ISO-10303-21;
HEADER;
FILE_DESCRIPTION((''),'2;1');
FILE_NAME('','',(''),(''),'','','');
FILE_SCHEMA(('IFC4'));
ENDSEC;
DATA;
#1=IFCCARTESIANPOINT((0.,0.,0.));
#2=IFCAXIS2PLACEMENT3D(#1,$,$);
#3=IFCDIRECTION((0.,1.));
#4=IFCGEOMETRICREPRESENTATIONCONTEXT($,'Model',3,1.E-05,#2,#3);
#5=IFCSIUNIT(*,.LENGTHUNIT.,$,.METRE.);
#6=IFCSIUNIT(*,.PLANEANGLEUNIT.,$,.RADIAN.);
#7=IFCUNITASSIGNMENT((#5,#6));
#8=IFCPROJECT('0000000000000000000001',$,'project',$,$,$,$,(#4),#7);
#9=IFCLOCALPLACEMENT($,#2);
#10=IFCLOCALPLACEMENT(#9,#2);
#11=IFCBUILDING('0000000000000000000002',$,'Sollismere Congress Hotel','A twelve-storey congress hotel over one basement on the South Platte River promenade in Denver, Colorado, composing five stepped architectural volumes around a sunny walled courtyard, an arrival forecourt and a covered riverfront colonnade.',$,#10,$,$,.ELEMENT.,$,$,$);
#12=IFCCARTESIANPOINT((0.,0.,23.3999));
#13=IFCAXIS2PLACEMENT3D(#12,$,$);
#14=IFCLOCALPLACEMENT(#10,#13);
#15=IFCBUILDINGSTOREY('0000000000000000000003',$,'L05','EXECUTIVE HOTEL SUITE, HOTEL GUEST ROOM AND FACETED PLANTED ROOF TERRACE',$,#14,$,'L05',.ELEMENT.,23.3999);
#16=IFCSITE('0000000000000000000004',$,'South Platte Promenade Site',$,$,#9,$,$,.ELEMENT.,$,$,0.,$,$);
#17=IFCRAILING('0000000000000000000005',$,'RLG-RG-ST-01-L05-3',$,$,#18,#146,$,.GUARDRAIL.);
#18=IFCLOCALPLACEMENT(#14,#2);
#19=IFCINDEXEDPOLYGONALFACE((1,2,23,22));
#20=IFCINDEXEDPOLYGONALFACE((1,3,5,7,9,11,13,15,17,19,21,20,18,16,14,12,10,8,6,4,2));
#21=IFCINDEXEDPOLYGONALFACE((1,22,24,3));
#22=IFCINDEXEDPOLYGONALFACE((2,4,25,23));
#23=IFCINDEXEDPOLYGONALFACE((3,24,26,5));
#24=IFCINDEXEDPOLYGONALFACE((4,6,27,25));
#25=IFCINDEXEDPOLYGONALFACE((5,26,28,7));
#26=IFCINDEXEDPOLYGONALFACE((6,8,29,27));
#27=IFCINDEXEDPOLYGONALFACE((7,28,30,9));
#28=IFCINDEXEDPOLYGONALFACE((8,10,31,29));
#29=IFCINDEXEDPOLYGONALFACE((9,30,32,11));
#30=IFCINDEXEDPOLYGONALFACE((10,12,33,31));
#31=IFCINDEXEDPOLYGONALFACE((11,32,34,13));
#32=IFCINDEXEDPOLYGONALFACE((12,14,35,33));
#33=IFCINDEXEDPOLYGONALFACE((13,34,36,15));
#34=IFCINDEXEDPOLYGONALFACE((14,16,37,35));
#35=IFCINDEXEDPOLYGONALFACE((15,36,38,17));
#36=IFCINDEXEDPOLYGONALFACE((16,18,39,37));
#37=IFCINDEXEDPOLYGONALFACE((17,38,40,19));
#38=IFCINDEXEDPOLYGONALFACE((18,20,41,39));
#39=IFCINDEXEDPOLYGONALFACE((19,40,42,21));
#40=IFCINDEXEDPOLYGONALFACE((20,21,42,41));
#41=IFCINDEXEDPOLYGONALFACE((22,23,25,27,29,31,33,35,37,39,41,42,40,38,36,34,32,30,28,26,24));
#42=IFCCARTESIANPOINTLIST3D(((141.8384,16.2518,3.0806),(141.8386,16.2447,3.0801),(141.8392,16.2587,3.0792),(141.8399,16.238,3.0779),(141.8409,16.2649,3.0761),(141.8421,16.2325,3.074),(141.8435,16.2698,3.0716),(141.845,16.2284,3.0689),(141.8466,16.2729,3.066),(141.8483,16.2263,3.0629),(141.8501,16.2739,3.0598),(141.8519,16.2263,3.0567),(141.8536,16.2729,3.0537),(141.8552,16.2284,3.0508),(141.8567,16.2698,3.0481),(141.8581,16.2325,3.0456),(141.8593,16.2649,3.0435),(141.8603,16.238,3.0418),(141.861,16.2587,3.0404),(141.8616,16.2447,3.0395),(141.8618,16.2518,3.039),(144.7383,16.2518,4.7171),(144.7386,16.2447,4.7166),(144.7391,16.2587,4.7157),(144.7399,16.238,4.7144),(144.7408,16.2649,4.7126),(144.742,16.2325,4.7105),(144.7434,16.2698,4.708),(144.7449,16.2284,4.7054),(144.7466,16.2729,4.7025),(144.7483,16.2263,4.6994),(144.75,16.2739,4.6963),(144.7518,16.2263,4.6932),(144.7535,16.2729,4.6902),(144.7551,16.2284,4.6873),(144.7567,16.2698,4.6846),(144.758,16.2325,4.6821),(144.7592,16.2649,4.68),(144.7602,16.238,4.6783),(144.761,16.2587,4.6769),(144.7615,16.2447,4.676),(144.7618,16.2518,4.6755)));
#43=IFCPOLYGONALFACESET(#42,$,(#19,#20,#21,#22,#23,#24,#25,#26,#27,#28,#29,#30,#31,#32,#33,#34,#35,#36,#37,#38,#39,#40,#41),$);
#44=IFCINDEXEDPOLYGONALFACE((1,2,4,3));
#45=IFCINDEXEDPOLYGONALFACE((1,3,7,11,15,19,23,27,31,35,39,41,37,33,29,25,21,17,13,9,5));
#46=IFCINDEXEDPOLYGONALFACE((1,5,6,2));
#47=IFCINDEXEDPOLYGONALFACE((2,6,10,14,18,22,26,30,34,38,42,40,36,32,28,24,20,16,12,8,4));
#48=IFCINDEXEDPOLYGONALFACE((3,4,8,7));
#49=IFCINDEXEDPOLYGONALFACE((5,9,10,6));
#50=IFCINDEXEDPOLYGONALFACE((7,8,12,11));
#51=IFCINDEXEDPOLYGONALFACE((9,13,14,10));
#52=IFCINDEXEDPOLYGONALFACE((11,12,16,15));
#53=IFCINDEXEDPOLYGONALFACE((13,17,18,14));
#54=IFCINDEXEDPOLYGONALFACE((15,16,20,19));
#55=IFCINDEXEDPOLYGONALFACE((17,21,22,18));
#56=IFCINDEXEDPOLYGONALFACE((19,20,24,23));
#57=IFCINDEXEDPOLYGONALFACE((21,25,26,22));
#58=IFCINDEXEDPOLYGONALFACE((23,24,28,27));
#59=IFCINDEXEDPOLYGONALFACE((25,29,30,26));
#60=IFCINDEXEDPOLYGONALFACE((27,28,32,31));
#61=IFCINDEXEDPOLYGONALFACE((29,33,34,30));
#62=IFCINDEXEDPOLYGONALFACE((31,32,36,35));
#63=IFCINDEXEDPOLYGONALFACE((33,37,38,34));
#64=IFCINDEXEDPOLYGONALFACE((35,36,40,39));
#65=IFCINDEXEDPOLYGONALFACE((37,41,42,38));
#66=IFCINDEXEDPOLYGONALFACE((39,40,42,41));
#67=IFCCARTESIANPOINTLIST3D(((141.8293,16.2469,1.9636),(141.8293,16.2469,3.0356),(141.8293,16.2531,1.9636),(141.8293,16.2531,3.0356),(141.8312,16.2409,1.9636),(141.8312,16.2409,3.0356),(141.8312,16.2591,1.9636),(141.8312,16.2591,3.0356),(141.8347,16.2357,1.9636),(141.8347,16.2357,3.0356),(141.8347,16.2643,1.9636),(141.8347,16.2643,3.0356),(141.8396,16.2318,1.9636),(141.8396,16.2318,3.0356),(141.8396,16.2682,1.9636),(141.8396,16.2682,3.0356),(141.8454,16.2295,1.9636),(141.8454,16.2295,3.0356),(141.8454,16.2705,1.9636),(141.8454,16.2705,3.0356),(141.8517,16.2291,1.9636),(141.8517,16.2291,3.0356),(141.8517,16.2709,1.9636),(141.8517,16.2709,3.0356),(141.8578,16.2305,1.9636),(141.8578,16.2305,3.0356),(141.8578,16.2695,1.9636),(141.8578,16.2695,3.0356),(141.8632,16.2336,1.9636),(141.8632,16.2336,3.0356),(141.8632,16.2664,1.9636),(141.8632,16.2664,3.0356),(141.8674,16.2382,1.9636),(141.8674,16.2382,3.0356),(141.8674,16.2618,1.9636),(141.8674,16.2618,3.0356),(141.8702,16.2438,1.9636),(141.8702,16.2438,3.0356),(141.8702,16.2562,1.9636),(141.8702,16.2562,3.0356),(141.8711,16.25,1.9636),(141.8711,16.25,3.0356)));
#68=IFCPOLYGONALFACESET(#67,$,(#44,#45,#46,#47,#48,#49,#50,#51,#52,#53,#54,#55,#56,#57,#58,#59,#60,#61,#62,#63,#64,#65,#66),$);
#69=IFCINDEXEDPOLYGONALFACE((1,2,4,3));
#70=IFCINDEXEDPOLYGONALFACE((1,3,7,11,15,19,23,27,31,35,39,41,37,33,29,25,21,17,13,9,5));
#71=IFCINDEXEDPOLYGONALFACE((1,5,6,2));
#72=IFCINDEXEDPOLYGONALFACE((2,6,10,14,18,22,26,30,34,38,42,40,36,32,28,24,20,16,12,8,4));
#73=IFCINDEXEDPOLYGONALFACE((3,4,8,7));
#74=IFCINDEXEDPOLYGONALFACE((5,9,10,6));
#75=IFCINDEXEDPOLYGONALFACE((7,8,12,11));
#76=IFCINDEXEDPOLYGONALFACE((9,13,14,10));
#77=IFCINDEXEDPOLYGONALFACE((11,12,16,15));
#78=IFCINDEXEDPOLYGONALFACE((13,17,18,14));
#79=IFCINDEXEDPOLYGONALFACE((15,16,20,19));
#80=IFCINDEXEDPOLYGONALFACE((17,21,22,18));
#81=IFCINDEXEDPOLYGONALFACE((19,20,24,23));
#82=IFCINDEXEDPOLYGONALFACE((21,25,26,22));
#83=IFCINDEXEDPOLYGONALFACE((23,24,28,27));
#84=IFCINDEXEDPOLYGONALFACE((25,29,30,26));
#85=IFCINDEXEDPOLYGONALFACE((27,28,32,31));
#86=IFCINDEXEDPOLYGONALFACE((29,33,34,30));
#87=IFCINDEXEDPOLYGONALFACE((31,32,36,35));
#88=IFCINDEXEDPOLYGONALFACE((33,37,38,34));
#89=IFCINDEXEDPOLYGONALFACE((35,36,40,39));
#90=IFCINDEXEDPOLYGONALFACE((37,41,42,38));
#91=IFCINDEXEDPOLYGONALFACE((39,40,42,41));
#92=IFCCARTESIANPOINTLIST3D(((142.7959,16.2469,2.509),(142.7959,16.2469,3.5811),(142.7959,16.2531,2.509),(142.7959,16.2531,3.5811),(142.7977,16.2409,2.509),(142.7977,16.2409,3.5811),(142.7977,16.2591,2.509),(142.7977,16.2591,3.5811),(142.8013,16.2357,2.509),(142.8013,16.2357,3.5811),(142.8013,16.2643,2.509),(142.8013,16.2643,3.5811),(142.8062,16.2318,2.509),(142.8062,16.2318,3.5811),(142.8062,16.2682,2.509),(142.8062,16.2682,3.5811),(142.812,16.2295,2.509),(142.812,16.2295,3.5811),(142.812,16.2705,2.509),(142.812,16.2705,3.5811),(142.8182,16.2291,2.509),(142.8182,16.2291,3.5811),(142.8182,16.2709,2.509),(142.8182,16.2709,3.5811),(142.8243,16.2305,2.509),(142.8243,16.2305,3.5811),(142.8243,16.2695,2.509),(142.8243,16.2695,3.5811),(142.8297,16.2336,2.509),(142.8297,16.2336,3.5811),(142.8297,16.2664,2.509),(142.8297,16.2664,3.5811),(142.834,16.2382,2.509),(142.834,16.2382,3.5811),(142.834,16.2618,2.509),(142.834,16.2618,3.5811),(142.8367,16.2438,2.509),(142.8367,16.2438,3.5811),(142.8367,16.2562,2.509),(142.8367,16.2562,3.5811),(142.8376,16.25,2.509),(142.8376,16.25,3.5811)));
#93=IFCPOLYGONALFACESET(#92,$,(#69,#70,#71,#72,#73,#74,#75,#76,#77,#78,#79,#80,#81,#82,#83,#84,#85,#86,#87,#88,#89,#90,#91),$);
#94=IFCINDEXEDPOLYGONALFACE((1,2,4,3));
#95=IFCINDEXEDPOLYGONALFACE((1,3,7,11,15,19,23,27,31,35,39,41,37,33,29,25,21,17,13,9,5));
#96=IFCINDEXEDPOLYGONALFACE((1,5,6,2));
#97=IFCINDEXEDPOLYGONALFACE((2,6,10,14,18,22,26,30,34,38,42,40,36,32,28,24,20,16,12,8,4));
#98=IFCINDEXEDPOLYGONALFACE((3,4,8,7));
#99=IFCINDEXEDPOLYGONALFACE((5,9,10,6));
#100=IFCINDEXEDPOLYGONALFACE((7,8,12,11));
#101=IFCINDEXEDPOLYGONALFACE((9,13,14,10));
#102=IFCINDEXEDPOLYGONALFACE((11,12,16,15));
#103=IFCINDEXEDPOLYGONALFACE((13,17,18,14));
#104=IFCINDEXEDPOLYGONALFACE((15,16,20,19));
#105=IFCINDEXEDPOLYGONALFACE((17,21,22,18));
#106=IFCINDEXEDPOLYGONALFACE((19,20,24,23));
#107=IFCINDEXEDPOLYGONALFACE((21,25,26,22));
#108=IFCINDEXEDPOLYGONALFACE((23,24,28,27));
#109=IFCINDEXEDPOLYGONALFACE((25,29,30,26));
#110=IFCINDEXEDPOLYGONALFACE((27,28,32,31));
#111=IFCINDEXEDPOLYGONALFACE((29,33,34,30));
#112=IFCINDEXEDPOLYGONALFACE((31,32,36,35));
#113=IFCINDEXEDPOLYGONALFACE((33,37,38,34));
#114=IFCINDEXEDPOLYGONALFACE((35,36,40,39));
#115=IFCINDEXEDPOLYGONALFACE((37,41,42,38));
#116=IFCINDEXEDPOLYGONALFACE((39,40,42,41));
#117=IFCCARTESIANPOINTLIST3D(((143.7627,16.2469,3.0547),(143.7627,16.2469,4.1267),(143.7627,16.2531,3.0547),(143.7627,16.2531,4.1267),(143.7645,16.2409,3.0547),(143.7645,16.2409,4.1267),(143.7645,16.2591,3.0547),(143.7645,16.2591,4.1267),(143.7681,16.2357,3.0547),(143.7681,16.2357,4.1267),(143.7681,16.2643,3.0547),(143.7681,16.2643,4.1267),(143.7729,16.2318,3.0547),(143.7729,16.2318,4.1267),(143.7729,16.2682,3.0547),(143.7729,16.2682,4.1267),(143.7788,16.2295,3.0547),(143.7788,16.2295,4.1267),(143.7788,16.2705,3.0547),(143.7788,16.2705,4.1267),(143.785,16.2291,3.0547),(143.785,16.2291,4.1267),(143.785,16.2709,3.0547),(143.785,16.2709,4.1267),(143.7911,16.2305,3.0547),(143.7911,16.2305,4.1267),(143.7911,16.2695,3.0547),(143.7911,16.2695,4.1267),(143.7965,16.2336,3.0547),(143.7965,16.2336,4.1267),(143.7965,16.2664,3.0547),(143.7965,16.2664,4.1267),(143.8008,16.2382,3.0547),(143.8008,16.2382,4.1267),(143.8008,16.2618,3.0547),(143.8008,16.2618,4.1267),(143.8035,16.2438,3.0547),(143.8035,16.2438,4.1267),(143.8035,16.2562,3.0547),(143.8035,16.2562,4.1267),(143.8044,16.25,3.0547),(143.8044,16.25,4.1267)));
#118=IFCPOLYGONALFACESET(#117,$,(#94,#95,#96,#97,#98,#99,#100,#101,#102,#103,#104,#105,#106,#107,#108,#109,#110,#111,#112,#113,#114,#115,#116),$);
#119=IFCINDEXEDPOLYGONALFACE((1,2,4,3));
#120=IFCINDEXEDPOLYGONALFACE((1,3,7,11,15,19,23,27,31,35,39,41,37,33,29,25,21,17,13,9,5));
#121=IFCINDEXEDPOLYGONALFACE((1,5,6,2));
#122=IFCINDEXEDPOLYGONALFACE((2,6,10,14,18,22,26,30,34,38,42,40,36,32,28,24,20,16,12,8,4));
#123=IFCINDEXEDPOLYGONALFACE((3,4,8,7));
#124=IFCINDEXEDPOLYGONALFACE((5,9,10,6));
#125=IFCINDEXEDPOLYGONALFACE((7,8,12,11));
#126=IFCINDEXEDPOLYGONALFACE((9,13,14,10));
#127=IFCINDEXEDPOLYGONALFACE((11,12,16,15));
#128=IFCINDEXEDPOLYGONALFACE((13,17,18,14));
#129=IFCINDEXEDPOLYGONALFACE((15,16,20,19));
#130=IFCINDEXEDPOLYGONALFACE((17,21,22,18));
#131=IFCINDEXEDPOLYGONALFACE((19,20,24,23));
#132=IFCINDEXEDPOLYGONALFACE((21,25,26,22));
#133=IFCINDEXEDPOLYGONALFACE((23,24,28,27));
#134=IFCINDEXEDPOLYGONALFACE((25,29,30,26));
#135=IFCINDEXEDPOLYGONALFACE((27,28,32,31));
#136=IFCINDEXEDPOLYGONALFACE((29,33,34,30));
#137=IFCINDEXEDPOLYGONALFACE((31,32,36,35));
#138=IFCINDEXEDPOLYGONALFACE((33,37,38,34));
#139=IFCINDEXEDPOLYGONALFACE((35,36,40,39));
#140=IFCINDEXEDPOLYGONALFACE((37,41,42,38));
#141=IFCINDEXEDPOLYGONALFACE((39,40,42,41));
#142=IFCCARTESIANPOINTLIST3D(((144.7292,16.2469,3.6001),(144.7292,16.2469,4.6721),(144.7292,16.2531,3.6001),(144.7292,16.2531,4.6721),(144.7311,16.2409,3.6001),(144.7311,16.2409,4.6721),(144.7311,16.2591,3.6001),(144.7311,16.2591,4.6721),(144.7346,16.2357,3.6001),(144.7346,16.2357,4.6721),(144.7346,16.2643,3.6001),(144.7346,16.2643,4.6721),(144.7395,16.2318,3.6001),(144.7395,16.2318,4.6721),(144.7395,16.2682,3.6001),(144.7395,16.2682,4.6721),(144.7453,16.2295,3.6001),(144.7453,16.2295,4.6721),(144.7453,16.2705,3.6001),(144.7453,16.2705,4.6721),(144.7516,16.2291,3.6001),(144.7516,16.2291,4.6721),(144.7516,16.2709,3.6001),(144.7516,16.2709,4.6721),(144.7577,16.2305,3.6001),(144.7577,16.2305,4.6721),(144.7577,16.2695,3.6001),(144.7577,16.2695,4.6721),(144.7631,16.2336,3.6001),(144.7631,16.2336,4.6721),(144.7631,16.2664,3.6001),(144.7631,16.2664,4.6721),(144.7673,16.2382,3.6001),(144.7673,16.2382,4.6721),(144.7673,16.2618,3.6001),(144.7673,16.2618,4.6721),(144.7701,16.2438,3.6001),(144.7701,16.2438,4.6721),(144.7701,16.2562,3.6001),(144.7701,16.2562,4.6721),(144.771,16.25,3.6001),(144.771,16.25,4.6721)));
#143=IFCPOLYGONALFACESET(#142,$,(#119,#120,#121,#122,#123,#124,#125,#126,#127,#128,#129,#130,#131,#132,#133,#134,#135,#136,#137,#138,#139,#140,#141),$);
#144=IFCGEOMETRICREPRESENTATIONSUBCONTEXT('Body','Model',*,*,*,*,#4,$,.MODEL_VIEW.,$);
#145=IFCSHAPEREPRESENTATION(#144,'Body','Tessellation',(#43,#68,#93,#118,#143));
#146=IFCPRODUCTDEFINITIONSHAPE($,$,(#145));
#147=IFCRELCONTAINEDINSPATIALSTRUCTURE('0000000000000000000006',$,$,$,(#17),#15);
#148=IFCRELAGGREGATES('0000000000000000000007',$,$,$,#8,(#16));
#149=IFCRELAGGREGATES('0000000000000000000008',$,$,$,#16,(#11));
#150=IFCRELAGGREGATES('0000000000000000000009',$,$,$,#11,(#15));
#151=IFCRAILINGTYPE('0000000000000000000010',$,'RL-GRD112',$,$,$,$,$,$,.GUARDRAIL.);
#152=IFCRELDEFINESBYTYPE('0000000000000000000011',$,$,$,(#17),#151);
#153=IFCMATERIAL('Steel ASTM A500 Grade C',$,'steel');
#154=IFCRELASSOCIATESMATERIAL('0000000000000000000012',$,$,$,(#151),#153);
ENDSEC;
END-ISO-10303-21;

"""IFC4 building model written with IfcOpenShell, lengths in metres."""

from ifc_helpers import new_model, si_unit, direction, frame, origin, origin_2d, place, context, subcontext, project, spatial, circle, extrude, material, type_object, element, save


model = new_model("IFC4")

# Units and contexts
model_context = context("Model", 3, precision=1e-05, world=origin(), true_north=direction((0.0, 1.0)))
body_context = subcontext(model_context, "Body", "Model", "MODEL_VIEW")
ifc_project = project(units=[si_unit("LENGTHUNIT", "METRE"), si_unit("PLANEANGLEUNIT", "RADIAN")], contexts=[model_context])

# Site, building, storey
site_placement = place(None, origin())
site = spatial("IfcSite", under=ifc_project, at=site_placement, Name="South Platte Promenade Site", CompositionType="ELEMENT", RefElevation=0.0)
building_placement = place(site_placement, origin())
building = spatial("IfcBuilding", under=site, at=building_placement, Name="Sollismere Congress Hotel", Description="A twelve-storey congress hotel over one basement on the South Platte River promenade in Denver, Colorado, composing five stepped architectural volumes around a sunny walled courtyard, an arrival forecourt and a covered riverfront colonnade.", CompositionType="ELEMENT")
storey_placement = place(building_placement, frame((0.0, 0.0, 23.3999)))
storey = spatial("IfcBuildingStorey", under=building, at=storey_placement, Name="L05", Description="EXECUTIVE HOTEL SUITE, HOTEL GUEST ROOM AND FACETED PLANTED ROOF TERRACE", LongName="L05", CompositionType="ELEMENT", Elevation=23.3999)

# Railing
ifc_material_1 = material(Name="Steel ASTM A500 Grade C", Category="steel")
railing_type_1 = type_object("IfcRailingType", Name="RL-GRD112", PredefinedType="GUARDRAIL", material=ifc_material_1)
railing_1_placement = place(storey_placement, frame((141.8501, 16.25, 1.9636)))
element("IfcRailing", 1, at=railing_1_placement, inside=storey, type_object=railing_type_1, Name="RLG-RG-ST-01-L05-3", PredefinedType="GUARDRAIL", context=body_context, shape_type="SweptSolid", body=[
    extrude(circle(Radius=0.0239, at=origin_2d()), frame((0.0, 0.0, 1.0962), z_axis=(0.870897, 0.0, 0.491465), x_axis=(0.0, 1.0, 0.0)), (0.0, 0.0, 1.0), 3.3298),
    extrude(circle(Radius=0.021, at=origin_2d()), origin(), (0.0, 0.0, 1.0), 1.072),
    extrude(circle(Radius=0.021, at=origin_2d()), frame((0.9666, 0.0, 0.5454)), (0.0, 0.0, 1.0), 1.072),
    extrude(circle(Radius=0.021, at=origin_2d()), frame((1.9333, 0.0, 1.0911)), (0.0, 0.0, 1.0), 1.072),
    extrude(circle(Radius=0.021, at=origin_2d()), frame((2.8999, 0.0, 1.6365)), (0.0, 0.0, 1.0), 1.072),
])

save(model, "model.ifc")
